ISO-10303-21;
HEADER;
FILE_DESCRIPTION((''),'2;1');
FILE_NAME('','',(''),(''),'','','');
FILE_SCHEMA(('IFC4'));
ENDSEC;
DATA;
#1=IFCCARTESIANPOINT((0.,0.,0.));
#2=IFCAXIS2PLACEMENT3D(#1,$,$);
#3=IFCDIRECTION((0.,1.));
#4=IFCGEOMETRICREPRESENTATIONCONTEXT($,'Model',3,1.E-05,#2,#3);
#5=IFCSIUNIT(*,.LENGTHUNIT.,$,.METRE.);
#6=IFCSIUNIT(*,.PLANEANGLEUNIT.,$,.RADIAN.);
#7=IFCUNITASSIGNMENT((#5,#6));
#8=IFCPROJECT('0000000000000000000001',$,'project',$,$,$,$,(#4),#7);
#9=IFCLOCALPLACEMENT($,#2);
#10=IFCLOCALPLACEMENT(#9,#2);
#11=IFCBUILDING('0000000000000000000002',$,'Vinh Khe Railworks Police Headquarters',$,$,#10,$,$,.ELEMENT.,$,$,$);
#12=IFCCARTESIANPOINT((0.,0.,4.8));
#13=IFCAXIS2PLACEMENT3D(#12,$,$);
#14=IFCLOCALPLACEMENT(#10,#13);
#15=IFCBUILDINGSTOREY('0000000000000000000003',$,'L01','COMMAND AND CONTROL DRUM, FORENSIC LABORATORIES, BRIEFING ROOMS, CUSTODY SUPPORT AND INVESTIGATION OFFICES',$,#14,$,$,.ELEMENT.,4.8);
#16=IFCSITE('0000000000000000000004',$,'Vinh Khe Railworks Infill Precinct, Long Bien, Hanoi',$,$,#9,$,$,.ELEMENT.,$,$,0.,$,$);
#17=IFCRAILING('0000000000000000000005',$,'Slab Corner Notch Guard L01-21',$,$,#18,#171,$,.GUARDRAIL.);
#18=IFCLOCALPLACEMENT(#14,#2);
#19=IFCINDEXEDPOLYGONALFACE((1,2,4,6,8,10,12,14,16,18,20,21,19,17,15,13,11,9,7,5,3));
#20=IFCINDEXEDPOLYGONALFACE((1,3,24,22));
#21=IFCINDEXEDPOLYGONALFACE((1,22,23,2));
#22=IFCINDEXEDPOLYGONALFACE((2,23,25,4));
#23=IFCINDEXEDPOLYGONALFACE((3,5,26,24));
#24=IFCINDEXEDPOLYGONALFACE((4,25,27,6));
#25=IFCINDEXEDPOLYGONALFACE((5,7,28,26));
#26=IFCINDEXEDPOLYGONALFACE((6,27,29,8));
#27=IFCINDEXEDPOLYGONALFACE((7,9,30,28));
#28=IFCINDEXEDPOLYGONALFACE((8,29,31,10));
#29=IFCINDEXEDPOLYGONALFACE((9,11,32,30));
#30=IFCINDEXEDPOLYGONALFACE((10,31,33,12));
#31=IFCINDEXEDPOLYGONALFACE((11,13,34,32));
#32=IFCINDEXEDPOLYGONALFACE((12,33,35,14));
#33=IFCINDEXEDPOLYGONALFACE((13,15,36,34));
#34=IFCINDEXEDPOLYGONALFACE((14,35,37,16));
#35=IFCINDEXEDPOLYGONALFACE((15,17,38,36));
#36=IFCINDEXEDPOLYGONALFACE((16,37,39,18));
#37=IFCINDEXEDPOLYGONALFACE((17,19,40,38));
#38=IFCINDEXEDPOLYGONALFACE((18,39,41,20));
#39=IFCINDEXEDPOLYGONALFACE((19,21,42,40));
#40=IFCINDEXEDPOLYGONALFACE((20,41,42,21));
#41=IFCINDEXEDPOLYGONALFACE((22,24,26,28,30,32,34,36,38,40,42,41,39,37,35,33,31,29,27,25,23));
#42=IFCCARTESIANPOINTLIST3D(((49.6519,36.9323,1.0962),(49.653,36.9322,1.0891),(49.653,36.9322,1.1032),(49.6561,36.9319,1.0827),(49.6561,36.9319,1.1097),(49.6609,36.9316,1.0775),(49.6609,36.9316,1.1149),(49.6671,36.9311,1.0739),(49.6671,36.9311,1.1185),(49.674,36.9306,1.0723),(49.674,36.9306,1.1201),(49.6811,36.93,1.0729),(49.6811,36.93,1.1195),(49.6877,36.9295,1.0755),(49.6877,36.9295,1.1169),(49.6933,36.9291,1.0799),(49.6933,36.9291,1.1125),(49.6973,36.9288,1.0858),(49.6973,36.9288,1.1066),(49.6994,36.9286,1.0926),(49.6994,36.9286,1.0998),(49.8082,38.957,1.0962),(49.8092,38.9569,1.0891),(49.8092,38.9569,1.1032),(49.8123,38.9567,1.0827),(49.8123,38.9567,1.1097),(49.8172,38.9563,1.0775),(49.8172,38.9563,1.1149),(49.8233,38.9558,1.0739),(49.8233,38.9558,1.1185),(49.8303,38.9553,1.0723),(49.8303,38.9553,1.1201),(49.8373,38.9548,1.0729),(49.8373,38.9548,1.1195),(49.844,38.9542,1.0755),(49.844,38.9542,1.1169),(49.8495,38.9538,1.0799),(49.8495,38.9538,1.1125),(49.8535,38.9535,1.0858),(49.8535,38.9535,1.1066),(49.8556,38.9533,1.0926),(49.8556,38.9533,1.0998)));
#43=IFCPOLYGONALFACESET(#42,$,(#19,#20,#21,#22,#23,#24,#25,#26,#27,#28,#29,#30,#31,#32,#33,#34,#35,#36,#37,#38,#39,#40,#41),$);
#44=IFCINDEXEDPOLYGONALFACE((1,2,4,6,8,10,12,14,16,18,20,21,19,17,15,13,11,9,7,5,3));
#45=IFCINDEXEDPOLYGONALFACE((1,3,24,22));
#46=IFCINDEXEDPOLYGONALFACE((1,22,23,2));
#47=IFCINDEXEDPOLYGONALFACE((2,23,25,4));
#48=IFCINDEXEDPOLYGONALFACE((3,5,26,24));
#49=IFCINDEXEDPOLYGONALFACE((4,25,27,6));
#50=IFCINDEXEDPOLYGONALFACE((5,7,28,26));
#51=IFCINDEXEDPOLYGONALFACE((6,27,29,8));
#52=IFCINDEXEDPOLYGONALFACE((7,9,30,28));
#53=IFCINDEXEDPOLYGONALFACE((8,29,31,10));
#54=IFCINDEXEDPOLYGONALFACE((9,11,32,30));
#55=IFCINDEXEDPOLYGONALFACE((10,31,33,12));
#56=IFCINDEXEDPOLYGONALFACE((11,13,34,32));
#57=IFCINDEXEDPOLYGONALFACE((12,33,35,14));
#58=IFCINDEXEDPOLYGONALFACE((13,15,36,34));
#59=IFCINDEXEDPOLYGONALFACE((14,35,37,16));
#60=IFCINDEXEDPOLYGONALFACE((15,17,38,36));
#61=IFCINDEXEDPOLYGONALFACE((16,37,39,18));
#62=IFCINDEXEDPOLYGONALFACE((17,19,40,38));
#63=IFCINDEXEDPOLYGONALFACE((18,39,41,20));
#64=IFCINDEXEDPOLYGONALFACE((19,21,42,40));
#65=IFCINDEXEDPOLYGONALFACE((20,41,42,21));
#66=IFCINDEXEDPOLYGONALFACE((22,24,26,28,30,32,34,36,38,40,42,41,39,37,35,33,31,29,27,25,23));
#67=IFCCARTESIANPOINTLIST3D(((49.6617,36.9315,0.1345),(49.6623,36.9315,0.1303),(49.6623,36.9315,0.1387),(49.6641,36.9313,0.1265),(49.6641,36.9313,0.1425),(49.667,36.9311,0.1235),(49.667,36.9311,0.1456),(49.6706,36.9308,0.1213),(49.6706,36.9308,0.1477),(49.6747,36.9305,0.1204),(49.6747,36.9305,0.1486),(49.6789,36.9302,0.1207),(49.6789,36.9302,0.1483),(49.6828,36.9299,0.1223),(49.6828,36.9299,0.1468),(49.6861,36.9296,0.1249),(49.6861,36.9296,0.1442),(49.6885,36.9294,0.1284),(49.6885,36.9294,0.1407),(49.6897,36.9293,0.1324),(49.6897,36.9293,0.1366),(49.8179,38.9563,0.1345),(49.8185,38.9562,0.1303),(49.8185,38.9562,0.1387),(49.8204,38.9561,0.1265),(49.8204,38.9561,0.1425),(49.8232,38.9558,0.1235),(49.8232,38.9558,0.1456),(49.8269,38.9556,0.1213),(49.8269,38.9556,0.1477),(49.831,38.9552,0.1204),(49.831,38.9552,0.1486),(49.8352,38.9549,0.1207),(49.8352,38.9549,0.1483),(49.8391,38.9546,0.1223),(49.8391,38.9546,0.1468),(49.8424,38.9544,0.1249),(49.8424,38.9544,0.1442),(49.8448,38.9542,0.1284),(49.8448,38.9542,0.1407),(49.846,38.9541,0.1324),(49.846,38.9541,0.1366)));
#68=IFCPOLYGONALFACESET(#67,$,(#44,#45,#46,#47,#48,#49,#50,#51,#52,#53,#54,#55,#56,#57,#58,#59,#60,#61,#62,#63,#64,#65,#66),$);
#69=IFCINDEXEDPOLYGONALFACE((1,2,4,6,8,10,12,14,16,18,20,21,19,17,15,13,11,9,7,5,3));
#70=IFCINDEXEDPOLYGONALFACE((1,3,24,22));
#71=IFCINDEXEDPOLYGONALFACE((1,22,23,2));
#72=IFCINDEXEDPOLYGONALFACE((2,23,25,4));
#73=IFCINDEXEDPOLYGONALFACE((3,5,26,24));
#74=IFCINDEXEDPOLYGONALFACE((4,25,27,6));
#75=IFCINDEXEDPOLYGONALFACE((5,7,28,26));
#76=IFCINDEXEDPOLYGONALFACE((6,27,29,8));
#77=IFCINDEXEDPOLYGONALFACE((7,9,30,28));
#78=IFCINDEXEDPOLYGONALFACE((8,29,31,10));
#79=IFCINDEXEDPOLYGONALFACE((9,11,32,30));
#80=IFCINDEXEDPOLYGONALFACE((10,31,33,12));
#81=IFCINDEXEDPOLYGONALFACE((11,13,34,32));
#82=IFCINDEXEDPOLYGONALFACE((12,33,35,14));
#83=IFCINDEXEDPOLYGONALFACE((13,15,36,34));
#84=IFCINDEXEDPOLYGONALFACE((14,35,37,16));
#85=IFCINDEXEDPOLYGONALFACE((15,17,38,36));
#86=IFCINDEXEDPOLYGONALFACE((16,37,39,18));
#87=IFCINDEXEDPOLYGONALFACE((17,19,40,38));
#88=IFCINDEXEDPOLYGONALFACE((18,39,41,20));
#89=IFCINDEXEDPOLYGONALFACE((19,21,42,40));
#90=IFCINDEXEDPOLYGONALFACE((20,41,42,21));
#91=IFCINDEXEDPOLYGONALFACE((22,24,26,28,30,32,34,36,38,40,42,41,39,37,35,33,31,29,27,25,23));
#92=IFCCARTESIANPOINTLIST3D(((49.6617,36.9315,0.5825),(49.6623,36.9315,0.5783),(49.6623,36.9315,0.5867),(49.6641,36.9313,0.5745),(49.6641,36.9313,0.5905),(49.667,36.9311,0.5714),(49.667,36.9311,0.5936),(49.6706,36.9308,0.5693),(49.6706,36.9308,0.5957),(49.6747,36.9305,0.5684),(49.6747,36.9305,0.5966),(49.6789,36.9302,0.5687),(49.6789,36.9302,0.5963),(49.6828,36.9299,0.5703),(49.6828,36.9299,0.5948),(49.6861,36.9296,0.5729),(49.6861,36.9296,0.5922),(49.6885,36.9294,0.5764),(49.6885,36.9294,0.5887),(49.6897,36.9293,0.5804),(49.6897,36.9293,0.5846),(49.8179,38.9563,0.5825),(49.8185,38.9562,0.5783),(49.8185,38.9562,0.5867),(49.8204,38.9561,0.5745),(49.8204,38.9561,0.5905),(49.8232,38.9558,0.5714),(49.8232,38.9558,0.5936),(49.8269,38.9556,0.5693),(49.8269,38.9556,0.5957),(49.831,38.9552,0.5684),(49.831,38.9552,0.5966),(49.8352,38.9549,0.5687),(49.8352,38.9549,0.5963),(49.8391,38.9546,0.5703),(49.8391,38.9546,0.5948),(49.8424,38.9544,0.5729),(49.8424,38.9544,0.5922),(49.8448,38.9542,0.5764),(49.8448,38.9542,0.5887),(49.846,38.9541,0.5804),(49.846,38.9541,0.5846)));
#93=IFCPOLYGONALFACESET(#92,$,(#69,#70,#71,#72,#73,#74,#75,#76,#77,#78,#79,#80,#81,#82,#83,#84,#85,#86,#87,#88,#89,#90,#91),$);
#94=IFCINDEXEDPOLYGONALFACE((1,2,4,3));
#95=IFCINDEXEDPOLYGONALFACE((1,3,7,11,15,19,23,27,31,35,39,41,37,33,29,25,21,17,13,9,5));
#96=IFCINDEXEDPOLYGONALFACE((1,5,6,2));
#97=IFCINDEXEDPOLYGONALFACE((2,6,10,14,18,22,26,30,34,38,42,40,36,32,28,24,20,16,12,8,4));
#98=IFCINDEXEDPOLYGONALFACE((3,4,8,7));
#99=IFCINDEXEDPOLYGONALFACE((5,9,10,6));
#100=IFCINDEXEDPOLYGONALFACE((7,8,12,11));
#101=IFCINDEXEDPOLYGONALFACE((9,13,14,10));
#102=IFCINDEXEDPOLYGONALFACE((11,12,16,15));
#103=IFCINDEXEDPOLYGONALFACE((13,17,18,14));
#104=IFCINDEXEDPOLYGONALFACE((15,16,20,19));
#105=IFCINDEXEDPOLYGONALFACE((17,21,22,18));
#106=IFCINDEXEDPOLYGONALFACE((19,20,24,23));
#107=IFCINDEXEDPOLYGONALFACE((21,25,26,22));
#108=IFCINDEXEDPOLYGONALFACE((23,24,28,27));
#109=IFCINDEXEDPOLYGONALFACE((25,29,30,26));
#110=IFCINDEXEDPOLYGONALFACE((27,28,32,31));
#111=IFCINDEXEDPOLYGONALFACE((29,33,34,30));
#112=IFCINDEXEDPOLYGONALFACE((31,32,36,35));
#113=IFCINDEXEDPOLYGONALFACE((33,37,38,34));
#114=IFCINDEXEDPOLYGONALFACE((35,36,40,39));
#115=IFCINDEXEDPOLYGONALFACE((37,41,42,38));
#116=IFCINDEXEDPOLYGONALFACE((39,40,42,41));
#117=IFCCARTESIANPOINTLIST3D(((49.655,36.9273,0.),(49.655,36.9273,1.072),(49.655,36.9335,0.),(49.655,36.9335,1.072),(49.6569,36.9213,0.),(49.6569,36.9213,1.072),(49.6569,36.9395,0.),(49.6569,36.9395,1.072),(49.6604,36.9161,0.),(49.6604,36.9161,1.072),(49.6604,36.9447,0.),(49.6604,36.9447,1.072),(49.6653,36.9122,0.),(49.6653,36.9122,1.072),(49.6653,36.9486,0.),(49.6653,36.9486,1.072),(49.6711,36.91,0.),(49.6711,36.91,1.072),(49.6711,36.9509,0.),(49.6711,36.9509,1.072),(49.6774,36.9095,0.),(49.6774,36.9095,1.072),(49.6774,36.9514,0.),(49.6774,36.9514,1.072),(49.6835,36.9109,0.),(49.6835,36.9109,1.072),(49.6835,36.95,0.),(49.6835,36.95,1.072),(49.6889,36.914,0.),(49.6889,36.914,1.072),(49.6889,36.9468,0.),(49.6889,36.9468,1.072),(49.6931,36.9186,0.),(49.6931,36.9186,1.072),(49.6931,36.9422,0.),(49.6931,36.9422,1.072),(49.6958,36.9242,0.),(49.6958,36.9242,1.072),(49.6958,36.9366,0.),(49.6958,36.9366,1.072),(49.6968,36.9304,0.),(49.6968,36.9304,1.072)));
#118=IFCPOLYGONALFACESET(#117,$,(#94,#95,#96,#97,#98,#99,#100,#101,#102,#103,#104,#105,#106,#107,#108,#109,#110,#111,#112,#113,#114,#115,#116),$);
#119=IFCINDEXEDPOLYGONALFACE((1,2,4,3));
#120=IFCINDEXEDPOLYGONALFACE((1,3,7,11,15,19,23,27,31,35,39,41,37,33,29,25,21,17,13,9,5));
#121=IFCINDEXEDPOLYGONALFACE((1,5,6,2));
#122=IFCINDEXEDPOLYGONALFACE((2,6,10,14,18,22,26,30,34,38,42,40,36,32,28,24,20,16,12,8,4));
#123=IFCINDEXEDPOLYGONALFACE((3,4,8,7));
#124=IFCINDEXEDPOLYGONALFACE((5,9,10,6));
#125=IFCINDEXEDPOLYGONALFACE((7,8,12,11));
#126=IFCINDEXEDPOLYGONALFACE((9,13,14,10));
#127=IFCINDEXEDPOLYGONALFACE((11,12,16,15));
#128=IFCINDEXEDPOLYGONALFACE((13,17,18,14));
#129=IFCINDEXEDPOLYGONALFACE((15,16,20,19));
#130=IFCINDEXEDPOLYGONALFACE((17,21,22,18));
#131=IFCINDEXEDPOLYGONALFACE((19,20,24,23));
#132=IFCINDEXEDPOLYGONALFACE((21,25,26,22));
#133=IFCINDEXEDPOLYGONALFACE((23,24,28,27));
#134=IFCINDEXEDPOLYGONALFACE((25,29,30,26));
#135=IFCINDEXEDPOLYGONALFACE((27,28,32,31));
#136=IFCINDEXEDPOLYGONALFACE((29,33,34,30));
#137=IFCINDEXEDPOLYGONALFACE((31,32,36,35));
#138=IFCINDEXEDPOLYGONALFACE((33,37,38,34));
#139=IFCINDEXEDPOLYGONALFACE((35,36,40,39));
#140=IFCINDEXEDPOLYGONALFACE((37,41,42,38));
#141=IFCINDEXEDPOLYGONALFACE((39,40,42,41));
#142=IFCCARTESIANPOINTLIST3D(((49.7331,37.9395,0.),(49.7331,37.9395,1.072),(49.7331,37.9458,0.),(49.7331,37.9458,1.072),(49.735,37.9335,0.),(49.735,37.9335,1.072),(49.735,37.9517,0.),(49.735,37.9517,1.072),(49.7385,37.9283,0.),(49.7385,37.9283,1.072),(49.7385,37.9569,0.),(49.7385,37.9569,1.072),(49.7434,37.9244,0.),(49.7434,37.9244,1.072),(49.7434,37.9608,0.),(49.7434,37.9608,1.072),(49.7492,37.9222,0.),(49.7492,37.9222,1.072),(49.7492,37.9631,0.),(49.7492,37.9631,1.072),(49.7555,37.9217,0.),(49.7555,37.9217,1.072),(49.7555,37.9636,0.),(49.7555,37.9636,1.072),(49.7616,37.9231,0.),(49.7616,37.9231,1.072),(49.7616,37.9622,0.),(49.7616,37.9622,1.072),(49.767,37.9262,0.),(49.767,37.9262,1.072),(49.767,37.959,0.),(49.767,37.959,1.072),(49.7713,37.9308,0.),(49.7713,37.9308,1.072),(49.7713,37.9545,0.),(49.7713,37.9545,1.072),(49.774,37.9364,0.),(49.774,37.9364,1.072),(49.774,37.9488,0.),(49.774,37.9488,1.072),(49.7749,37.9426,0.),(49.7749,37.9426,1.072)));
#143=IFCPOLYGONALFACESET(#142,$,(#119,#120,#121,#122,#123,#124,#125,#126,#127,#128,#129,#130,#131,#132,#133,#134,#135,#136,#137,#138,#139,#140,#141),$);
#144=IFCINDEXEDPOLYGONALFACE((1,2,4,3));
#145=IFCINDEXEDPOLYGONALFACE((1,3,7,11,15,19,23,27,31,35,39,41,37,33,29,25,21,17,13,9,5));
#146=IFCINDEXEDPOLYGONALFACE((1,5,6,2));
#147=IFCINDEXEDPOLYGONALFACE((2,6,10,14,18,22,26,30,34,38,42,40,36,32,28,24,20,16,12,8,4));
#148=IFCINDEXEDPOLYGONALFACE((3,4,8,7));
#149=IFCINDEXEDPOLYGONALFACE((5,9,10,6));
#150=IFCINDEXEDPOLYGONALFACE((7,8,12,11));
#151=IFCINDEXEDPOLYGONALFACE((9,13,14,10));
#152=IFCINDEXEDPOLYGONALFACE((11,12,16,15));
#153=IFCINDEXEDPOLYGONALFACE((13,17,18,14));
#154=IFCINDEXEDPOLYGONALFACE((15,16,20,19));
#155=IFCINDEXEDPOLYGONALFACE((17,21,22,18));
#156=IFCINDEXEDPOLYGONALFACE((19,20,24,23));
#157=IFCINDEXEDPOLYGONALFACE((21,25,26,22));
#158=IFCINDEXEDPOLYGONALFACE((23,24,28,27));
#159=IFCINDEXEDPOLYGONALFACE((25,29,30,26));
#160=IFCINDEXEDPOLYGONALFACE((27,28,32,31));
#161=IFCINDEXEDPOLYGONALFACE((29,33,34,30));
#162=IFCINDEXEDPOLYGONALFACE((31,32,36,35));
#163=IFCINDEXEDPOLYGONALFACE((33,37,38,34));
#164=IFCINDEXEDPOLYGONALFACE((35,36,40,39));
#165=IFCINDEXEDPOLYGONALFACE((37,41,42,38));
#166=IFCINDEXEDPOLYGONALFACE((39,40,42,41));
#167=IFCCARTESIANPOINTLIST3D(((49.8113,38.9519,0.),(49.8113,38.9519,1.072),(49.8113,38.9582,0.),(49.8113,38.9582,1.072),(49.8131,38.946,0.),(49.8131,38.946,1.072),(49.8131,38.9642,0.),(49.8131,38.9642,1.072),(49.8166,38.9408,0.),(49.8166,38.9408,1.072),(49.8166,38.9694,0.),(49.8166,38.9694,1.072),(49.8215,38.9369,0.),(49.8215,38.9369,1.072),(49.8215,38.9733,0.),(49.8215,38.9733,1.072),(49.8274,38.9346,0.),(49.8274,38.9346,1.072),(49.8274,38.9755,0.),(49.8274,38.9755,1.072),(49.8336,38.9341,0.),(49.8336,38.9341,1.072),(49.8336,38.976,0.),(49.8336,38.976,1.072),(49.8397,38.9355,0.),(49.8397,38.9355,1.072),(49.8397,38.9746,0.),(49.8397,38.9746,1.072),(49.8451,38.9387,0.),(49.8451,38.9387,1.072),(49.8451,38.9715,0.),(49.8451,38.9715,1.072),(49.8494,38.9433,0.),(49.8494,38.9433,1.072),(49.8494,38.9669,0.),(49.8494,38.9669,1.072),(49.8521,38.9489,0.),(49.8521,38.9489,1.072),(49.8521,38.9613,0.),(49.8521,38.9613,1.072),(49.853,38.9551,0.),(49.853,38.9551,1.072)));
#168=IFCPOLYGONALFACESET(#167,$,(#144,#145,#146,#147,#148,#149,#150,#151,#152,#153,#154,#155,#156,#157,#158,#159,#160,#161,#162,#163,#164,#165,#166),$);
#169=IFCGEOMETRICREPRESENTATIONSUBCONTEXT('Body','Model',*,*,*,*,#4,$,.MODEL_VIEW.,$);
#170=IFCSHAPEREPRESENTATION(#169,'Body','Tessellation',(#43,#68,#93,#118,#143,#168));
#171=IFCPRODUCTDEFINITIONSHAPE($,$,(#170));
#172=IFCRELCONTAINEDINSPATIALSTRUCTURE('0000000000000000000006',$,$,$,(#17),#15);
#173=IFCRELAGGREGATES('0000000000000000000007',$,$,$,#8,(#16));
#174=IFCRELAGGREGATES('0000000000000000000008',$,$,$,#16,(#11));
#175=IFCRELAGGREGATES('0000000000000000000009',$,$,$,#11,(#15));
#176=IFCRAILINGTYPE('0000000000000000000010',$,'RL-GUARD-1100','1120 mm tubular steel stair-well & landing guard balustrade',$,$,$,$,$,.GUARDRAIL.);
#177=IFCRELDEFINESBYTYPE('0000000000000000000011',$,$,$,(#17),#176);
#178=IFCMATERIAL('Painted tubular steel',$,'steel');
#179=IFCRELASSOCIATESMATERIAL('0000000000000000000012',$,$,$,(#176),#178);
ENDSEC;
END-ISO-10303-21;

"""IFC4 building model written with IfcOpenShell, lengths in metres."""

from ifc_helpers import new_model, si_unit, direction, frame, origin, origin_2d, place, context, subcontext, project, spatial, circle, extrude, material, type_object, element, save


model = new_model("IFC4")

# Units and contexts
model_context = context("Model", 3, precision=1e-05, world=origin(), true_north=direction((0.0, 1.0)))
body_context = subcontext(model_context, "Body", "Model", "MODEL_VIEW")
ifc_project = project(units=[si_unit("LENGTHUNIT", "METRE"), si_unit("PLANEANGLEUNIT", "RADIAN")], contexts=[model_context])

# Site, building, storey
site_placement = place(None, origin())
site = spatial("IfcSite", under=ifc_project, at=site_placement, Name="Vinh Khe Railworks Infill Precinct, Long Bien, Hanoi", CompositionType="ELEMENT", RefElevation=0.0)
building_placement = place(site_placement, origin())
building = spatial("IfcBuilding", under=site, at=building_placement, Name="Vinh Khe Railworks Police Headquarters", CompositionType="ELEMENT")
storey_placement = place(building_placement, frame((0.0, 0.0, 4.8)))
storey = spatial("IfcBuildingStorey", under=building, at=storey_placement, Name="L01", Description="COMMAND AND CONTROL DRUM, FORENSIC LABORATORIES, BRIEFING ROOMS, CUSTODY SUPPORT AND INVESTIGATION OFFICES", CompositionType="ELEMENT", Elevation=4.8)

# Railing
ifc_material_1 = material(Name="Painted tubular steel", Category="steel")
railing_type_1 = type_object("IfcRailingType", Name="RL-GUARD-1100", Description="1120 mm tubular steel stair-well & landing guard balustrade", PredefinedType="GUARDRAIL", material=ifc_material_1)
railing_1_placement = place(storey_placement, frame((49.6758, 36.9304, 0.0)))
element("IfcRailing", 1, at=railing_1_placement, inside=storey, type_object=railing_type_1, Name="Slab Corner Notch Guard L01-21", PredefinedType="GUARDRAIL", context=body_context, shape_type="SweptSolid", body=[
    extrude(circle(Radius=0.0239, at=origin_2d()), frame((0.0, 0.0, 1.0962), z_axis=(0.076945, 0.997035, 0.0), x_axis=(-0.997035, 0.076945, 0.0)), (0.0, 0.0, 1.0), 2.0308),
    extrude(circle(Radius=0.0142, at=origin_2d()), frame((0.0, 0.0, 0.1345), z_axis=(0.076945, 0.997035, 0.0), x_axis=(-0.997035, 0.076945, 0.0)), (0.0, 0.0, 1.0), 2.0308),
    extrude(circle(Radius=0.0142, at=origin_2d()), frame((0.0, 0.0, 0.5825), z_axis=(0.076945, 0.997035, 0.0), x_axis=(-0.997035, 0.076945, 0.0)), (0.0, 0.0, 1.0), 2.0308),
    extrude(circle(Radius=0.021, at=origin_2d()), origin(), (0.0, 0.0, 1.0), 1.072),
    extrude(circle(Radius=0.021, at=origin_2d()), frame((0.0781, 1.0122, 0.0)), (0.0, 0.0, 1.0), 1.072),
    extrude(circle(Radius=0.021, at=origin_2d()), frame((0.1562, 2.0247, 0.0)), (0.0, 0.0, 1.0), 1.072),
])

save(model, "model.ifc")
